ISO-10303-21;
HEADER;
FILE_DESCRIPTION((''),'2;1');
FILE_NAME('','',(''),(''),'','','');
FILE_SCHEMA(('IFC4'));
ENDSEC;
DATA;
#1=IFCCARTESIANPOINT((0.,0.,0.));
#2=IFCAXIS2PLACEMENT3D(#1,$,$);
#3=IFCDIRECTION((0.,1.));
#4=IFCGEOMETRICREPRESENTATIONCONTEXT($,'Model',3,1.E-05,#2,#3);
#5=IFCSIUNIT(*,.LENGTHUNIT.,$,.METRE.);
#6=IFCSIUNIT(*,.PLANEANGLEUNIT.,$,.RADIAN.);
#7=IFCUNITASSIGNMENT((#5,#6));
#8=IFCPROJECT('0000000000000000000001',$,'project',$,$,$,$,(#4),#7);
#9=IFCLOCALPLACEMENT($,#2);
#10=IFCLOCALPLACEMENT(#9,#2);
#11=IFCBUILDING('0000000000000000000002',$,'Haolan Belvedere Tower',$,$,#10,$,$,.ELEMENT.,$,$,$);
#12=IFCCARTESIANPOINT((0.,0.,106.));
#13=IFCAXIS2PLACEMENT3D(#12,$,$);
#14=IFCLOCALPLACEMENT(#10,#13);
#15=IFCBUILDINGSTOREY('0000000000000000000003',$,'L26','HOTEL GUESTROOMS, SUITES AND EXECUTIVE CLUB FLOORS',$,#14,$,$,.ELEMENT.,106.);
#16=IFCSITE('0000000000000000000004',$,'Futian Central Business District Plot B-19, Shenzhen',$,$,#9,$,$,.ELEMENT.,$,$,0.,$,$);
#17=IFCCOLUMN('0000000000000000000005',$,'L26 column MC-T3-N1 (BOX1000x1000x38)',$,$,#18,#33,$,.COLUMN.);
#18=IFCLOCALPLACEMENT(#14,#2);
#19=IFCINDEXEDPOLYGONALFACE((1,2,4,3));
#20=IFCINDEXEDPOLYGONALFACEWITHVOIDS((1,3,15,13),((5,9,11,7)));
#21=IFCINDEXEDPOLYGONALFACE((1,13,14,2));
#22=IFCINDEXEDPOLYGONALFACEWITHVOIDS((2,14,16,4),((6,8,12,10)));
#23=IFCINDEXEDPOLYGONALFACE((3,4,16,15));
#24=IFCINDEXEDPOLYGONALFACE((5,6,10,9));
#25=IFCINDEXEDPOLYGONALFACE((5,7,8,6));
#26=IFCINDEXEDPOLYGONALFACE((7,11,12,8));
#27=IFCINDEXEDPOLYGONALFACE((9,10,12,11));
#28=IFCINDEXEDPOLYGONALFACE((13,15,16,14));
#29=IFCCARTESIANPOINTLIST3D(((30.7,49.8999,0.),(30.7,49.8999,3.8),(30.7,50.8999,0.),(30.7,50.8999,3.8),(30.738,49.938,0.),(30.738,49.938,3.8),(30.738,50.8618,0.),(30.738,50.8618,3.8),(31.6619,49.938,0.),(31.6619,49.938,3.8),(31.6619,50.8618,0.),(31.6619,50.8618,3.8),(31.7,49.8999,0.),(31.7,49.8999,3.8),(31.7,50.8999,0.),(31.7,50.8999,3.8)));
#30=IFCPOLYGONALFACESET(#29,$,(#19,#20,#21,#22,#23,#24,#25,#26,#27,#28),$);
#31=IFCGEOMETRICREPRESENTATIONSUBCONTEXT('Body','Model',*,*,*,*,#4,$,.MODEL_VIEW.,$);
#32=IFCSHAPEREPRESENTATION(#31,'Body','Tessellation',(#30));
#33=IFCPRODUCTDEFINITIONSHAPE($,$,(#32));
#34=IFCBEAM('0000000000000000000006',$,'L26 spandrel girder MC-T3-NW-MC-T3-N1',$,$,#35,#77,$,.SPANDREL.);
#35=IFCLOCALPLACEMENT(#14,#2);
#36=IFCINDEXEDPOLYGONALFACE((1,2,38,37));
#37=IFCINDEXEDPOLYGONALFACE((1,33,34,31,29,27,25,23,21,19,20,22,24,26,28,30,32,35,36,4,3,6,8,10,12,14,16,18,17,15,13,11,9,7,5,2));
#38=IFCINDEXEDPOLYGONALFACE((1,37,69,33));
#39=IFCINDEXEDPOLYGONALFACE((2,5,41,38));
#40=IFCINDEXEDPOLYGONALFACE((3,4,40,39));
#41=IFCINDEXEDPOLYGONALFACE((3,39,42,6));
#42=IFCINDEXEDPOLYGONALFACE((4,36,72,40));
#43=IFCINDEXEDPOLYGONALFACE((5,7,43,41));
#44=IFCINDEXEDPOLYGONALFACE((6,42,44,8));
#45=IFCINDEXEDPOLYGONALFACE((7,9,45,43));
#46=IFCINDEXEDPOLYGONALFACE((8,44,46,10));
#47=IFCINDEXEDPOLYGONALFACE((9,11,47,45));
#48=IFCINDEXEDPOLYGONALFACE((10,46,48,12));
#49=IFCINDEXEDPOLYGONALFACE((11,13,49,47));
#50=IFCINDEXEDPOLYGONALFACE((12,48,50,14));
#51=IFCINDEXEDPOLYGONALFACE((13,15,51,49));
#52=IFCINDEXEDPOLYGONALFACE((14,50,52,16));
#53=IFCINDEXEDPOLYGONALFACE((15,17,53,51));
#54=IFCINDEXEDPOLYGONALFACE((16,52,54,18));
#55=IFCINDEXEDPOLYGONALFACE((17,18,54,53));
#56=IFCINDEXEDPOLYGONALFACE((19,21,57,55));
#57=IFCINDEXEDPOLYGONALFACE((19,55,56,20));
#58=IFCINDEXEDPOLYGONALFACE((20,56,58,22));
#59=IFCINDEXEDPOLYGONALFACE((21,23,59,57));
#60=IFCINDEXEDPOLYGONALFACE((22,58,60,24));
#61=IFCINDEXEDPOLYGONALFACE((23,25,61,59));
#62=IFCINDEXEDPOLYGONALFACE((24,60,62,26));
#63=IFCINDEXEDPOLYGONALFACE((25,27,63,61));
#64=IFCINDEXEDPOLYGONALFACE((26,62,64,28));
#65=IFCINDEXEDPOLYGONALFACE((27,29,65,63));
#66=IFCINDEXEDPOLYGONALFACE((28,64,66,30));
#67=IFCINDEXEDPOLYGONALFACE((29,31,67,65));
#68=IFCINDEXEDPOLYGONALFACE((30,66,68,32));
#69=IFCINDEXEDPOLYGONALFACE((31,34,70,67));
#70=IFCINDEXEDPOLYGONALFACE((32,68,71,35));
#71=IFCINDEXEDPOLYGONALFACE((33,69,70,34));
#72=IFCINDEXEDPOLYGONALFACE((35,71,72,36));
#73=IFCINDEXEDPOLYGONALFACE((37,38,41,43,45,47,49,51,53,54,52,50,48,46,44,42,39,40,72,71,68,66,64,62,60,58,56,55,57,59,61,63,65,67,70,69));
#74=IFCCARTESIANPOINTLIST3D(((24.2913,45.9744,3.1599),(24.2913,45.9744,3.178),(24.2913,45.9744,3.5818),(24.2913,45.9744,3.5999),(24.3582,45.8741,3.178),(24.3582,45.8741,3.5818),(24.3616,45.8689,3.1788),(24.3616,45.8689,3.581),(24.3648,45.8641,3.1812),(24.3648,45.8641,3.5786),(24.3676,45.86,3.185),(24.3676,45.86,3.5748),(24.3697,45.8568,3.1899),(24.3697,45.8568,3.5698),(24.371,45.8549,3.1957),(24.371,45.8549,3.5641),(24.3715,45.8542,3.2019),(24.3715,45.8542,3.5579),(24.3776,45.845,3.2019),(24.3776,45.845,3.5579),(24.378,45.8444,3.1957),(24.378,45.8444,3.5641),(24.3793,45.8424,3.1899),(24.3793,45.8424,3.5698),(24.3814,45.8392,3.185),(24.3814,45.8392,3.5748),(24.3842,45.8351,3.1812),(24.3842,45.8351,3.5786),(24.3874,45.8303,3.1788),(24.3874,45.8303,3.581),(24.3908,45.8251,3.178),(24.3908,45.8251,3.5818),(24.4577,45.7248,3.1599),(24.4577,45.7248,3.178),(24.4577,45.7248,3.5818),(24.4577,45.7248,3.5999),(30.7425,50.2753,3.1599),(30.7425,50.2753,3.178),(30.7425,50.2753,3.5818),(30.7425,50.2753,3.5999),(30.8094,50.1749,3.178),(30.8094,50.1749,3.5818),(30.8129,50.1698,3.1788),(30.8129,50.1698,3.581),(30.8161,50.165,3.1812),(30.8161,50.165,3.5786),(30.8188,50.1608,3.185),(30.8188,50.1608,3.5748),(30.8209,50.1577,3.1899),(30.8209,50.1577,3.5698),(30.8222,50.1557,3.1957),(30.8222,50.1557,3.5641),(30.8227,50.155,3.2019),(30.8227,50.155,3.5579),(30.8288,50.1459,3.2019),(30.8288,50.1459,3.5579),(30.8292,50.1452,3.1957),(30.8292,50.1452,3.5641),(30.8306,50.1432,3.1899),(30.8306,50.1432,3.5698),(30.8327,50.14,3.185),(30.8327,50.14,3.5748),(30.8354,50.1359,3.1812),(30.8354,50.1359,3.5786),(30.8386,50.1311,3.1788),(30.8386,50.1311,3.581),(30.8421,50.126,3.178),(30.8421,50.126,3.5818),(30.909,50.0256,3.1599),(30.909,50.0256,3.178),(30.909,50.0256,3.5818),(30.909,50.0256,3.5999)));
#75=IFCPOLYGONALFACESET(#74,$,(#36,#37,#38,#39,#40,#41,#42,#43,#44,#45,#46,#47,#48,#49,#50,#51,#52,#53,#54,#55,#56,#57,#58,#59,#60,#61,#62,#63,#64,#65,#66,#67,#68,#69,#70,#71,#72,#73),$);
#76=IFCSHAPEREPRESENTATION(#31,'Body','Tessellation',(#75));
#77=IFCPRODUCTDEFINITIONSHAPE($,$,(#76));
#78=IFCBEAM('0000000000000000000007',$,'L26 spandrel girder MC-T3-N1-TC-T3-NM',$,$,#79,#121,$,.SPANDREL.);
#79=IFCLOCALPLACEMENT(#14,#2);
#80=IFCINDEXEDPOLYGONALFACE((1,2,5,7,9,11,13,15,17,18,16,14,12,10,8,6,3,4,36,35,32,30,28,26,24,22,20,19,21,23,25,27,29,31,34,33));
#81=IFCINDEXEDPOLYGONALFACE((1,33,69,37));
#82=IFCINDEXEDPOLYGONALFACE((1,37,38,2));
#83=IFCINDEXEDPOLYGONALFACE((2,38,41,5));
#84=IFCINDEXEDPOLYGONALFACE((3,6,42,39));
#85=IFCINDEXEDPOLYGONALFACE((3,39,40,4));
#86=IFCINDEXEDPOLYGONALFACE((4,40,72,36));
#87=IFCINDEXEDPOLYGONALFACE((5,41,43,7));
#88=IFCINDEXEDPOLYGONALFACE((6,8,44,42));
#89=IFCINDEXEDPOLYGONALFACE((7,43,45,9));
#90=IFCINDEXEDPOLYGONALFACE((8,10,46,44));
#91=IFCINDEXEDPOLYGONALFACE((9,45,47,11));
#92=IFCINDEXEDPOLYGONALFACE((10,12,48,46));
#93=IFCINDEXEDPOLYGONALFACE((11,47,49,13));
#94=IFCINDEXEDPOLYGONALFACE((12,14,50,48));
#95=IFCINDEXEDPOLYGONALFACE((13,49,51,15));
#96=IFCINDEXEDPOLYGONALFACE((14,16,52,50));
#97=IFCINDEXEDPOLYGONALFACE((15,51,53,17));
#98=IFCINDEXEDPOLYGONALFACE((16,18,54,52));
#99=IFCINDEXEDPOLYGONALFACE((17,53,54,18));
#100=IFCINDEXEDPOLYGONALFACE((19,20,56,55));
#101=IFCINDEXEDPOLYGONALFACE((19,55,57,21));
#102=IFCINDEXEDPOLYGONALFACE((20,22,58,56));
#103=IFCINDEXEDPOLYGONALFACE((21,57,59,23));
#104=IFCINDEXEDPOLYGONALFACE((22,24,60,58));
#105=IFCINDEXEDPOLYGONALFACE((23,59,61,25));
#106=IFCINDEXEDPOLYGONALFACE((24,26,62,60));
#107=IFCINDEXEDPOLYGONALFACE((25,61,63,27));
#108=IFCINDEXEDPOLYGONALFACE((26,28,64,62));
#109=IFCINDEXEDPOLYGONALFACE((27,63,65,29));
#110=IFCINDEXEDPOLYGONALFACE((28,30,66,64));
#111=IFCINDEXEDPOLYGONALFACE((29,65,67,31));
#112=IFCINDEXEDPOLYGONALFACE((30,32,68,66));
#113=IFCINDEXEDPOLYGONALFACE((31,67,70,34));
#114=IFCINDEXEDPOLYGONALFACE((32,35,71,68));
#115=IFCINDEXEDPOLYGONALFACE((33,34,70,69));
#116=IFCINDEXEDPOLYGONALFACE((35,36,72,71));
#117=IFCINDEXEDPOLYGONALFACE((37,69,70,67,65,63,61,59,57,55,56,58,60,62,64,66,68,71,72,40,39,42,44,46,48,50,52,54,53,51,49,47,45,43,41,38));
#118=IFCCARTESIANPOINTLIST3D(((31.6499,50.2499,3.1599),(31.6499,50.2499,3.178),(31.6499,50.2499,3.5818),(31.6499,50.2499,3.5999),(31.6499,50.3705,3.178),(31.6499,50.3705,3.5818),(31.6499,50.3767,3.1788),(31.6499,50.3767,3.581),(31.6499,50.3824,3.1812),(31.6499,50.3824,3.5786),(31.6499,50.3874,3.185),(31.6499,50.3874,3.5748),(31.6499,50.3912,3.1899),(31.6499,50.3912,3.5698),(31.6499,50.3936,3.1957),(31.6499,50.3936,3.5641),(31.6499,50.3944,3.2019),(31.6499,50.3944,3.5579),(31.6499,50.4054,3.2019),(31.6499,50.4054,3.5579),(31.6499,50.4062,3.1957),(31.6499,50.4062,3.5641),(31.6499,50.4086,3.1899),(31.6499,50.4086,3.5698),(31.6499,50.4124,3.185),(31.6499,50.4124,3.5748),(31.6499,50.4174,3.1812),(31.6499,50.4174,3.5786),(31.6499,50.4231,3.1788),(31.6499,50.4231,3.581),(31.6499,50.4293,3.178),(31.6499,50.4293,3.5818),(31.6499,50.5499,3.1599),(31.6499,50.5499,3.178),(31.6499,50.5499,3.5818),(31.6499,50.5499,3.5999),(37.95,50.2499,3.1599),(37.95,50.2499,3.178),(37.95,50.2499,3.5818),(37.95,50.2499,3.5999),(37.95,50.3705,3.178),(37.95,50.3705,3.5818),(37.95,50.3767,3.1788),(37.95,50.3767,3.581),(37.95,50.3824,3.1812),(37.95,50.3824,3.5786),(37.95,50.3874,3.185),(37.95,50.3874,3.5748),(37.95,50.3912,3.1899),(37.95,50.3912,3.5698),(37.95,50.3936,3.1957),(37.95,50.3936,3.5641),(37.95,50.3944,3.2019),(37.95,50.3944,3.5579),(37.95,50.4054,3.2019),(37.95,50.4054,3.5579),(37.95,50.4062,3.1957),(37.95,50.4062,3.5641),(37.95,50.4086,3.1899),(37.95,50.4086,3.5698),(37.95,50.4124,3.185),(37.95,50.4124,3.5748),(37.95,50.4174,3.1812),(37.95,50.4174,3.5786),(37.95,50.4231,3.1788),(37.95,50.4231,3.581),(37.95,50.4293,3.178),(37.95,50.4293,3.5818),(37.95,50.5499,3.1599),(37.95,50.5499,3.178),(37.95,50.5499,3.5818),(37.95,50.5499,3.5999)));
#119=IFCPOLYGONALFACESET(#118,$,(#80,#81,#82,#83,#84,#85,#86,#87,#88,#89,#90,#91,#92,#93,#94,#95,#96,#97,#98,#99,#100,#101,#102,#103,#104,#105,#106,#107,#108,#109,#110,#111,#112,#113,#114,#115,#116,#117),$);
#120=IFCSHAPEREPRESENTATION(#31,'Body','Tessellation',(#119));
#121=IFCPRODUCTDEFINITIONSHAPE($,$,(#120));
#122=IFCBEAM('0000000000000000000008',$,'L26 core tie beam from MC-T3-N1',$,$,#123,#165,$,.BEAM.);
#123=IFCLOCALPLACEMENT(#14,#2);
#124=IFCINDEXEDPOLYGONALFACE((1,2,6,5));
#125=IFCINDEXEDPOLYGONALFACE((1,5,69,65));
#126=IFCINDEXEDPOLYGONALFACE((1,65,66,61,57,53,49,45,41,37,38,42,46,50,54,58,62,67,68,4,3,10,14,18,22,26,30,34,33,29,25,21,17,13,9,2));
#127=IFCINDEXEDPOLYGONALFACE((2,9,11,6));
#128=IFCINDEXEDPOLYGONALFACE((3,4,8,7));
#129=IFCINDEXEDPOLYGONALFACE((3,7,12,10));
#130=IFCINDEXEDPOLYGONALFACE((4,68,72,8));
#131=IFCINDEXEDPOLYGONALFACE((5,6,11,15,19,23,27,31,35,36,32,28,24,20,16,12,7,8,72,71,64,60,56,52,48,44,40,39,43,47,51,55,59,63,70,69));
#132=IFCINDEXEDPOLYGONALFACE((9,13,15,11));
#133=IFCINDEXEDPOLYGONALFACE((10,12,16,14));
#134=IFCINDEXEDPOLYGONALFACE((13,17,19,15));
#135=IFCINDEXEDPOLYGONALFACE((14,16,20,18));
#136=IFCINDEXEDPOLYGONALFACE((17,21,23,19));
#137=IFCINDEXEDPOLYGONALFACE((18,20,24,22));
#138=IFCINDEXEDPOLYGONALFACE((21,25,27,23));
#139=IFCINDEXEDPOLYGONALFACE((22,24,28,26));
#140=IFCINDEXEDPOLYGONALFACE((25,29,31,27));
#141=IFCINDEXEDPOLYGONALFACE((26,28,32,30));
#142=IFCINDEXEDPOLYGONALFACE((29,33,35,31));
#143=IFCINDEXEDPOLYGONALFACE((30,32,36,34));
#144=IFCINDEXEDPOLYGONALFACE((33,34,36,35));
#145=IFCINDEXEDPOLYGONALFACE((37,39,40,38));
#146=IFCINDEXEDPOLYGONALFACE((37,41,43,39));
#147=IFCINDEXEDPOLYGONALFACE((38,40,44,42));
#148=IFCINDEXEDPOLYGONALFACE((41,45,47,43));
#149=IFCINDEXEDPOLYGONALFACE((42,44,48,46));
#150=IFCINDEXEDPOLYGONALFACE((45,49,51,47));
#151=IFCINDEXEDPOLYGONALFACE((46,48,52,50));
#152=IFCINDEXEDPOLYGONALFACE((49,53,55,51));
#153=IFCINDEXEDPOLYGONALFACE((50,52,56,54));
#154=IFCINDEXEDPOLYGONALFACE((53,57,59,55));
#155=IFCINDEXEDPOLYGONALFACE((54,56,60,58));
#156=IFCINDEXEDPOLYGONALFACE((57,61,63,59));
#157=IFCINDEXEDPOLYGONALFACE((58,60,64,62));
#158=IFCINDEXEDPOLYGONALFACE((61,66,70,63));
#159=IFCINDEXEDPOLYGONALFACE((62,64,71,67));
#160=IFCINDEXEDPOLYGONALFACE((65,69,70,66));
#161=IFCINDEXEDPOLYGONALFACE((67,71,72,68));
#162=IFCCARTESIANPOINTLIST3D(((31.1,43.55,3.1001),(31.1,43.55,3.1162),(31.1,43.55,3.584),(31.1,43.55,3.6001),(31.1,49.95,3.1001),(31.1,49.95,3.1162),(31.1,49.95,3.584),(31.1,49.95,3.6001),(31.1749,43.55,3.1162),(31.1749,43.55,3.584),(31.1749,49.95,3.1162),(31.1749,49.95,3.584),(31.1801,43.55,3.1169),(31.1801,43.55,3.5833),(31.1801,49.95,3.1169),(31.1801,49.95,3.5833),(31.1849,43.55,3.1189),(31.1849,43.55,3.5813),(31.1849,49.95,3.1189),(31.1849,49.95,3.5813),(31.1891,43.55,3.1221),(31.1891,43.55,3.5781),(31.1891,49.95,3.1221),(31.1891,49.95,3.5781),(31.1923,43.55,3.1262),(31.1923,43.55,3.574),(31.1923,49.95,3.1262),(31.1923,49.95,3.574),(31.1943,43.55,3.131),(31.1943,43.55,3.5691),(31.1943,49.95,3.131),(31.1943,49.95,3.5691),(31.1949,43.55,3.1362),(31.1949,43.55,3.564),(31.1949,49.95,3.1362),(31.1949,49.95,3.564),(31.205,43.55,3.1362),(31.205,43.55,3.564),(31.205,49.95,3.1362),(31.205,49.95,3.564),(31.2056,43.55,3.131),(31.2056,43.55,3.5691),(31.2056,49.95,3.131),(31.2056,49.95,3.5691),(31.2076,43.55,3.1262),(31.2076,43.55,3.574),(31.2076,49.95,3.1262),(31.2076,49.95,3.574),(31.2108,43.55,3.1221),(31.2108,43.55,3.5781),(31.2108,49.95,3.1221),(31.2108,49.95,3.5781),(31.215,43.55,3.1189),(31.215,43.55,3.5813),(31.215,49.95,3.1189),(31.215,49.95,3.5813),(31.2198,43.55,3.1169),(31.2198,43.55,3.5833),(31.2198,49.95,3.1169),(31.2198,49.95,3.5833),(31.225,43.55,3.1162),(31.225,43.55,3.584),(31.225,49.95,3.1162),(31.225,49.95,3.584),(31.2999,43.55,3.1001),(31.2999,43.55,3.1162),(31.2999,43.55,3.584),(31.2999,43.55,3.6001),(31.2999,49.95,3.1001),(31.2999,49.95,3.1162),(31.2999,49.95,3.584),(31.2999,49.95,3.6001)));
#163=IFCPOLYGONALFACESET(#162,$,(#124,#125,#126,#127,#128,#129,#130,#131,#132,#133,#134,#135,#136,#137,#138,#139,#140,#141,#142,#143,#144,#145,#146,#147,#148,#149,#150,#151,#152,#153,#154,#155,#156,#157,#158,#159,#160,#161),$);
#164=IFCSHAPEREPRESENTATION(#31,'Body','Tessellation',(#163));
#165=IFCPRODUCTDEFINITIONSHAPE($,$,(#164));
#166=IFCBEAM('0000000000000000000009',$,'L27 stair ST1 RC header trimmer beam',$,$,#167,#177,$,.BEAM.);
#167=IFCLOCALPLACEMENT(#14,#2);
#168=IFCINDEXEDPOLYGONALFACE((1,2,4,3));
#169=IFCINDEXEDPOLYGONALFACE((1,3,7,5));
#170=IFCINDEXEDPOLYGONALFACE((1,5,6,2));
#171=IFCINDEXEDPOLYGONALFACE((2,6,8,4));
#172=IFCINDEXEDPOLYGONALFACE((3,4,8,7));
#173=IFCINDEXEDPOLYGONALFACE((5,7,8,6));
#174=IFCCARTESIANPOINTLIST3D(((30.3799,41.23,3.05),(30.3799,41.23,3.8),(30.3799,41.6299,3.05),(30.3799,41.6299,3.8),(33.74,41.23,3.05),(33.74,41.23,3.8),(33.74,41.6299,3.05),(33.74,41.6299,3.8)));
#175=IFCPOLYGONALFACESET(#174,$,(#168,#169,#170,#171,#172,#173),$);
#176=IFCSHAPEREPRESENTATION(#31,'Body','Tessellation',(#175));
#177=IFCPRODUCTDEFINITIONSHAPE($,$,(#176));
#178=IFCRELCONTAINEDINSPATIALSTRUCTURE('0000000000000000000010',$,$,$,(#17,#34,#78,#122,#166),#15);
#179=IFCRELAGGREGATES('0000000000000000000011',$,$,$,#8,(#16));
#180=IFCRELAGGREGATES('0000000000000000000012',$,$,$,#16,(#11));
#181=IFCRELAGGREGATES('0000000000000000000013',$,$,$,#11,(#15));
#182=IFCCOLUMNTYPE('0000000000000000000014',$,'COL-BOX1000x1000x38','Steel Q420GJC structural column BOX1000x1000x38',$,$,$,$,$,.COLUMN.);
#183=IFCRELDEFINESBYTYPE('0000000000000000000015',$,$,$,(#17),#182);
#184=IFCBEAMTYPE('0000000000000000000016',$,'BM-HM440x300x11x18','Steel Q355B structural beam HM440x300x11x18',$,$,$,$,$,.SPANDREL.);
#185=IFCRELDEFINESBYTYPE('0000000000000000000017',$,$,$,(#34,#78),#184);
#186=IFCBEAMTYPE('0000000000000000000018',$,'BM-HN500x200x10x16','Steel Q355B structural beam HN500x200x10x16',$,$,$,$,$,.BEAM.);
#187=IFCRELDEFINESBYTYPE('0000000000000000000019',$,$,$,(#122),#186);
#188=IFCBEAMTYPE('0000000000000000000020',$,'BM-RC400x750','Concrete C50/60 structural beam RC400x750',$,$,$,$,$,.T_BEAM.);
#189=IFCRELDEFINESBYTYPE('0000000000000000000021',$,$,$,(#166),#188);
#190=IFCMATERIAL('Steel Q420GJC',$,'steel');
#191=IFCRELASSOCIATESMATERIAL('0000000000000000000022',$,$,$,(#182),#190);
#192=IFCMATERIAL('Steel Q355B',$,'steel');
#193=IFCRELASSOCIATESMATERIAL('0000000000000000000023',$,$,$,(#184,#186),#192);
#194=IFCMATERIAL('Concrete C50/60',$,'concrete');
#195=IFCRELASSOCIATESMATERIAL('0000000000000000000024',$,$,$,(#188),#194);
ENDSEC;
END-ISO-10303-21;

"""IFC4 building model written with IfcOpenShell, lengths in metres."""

from ifc_helpers import new_model, si_unit, direction, frame, origin, origin_2d, place, context, subcontext, project, spatial, rectangle, hollow_rectangle, i_section, extrude, material, material_profile, profile_set, type_object, element, save


model = new_model("IFC4")

# Units and contexts
model_context = context("Model", 3, precision=1e-05, world=origin(), true_north=direction((0.0, 1.0)))
body_context = subcontext(model_context, "Body", "Model", "MODEL_VIEW")
ifc_project = project(units=[si_unit("LENGTHUNIT", "METRE"), si_unit("PLANEANGLEUNIT", "RADIAN")], contexts=[model_context])

# Site, building, storey
site_placement = place(None, origin())
site = spatial("IfcSite", under=ifc_project, at=site_placement, Name="Futian Central Business District Plot B-19, Shenzhen", CompositionType="ELEMENT", RefElevation=0.0)
building_placement = place(site_placement, origin())
building = spatial("IfcBuilding", under=site, at=building_placement, Name="Haolan Belvedere Tower", CompositionType="ELEMENT")
storey_placement = place(building_placement, frame((0.0, 0.0, 106.0)))
storey = spatial("IfcBuildingStorey", under=building, at=storey_placement, Name="L26", Description="HOTEL GUESTROOMS, SUITES AND EXECUTIVE CLUB FLOORS", CompositionType="ELEMENT", Elevation=106.0)

# Column
ifc_material_1 = material(Name="Steel Q420GJC", Category="steel")
ifc_material_profile_1 = material_profile(ifc_material_1, hollow_rectangle(XDim=1.0, YDim=1.0, WallThickness=0.0381, at=origin_2d()), Name="Steel Q420GJC")
ifc_profile_set_1 = profile_set([ifc_material_profile_1], Name="Steel Q420GJC")
column_type = type_object("IfcColumnType", Name="COL-BOX1000x1000x38", Description="Steel Q420GJC structural column BOX1000x1000x38", PredefinedType="COLUMN", material=ifc_profile_set_1)
column_placement = place(storey_placement, frame((31.2, 50.3999, 0.0), z_axis=(0.0, 0.0, 1.0), x_axis=(1.0, 0.0, 0.0)))
element("IfcColumn", 1, at=column_placement, inside=storey, type_object=column_type, Name="L26 column MC-T3-N1 (BOX1000x1000x38)", PredefinedType="COLUMN", context=body_context, shape_type="SweptSolid", body=[
    extrude(hollow_rectangle(XDim=1.0, YDim=1.0, WallThickness=0.0381, at=origin_2d()), origin(), (0.0, 0.0, 1.0), 3.8),
])

# Beams
ifc_material_2 = material(Name="Steel Q355B", Category="steel")
ifc_material_profile_2 = material_profile(ifc_material_2, i_section(OverallWidth=0.3, OverallDepth=0.4399, WebThickness=0.011, FlangeThickness=0.0181, FilletRadius=0.0239, at=origin_2d()), Name="Steel Q355B")
ifc_profile_set_2 = profile_set([ifc_material_profile_2], Name="Steel Q355B")
beam_type_1 = type_object("IfcBeamType", Name="BM-HM440x300x11x18", Description="Steel Q355B structural beam HM440x300x11x18", PredefinedType="SPANDREL", material=ifc_profile_set_2)
beam_1_placement = place(storey_placement, frame((24.3745, 45.8496, 3.3799), z_axis=(0.83205, 0.5547, 0.0), x_axis=(-0.5547, 0.83205, 0.0)))
element("IfcBeam", 2, at=beam_1_placement, inside=storey, type_object=beam_type_1, Name="L26 spandrel girder MC-T3-NW-MC-T3-N1", PredefinedType="SPANDREL", context=body_context, shape_type="SweptSolid", body=[
    extrude(i_section(OverallWidth=0.3, OverallDepth=0.4399, WebThickness=0.011, FlangeThickness=0.0181, FilletRadius=0.0239, at=origin_2d()), origin(), (0.0, 0.0, 1.0), 7.7534),
])
beam_2_placement = place(storey_placement, frame((31.6499, 50.3999, 3.3799), z_axis=(1.0, 0.0, 0.0), x_axis=(0.0, 1.0, 0.0)))
element("IfcBeam", 3, at=beam_2_placement, inside=storey, type_object=beam_type_1, Name="L26 spandrel girder MC-T3-N1-TC-T3-NM", PredefinedType="SPANDREL", context=body_context, shape_type="SweptSolid", body=[
    extrude(i_section(OverallWidth=0.3, OverallDepth=0.4399, WebThickness=0.011, FlangeThickness=0.0181, FilletRadius=0.0239, at=origin_2d()), origin(), (0.0, 0.0, 1.0), 6.3),
])
ifc_material_profile_3 = material_profile(ifc_material_2, i_section(OverallWidth=0.2, OverallDepth=0.5, WebThickness=0.01, FlangeThickness=0.0161, FilletRadius=0.02, at=origin_2d()), Name="Steel Q355B")
ifc_profile_set_3 = profile_set([ifc_material_profile_3], Name="Steel Q355B")
beam_type_2 = type_object("IfcBeamType", Name="BM-HN500x200x10x16", Description="Steel Q355B structural beam HN500x200x10x16", PredefinedType="BEAM", material=ifc_profile_set_3)
beam_3_placement = place(storey_placement, frame((31.2, 49.95, 3.3501), z_axis=(0.0, -1.0, 0.0), x_axis=(1.0, 0.0, 0.0)))
element("IfcBeam", 4, at=beam_3_placement, inside=storey, type_object=beam_type_2, Name="L26 core tie beam from MC-T3-N1", PredefinedType="BEAM", context=body_context, shape_type="SweptSolid", body=[
    extrude(i_section(OverallWidth=0.2, OverallDepth=0.5, WebThickness=0.01, FlangeThickness=0.0161, FilletRadius=0.02, at=origin_2d()), origin(), (0.0, 0.0, 1.0), 6.3999),
])
ifc_material_3 = material(Name="Concrete C50/60", Category="concrete")
ifc_material_profile_4 = material_profile(ifc_material_3, rectangle(XDim=0.3999, YDim=0.75, at=origin_2d()), Name="Concrete C50/60")
ifc_profile_set_4 = profile_set([ifc_material_profile_4], Name="Concrete C50/60")
beam_type_3 = type_object("IfcBeamType", Name="BM-RC400x750", Description="Concrete C50/60 structural beam RC400x750", PredefinedType="T_BEAM", material=ifc_profile_set_4)
beam_4_placement = place(storey_placement, frame((30.3799, 41.4299, 3.425), z_axis=(1.0, 0.0, 0.0), x_axis=(0.0, 1.0, 0.0)))
element("IfcBeam", 5, at=beam_4_placement, inside=storey, type_object=beam_type_3, Name="L27 stair ST1 RC header trimmer beam", PredefinedType="BEAM", context=body_context, shape_type="SweptSolid", body=[
    extrude(rectangle(XDim=0.3999, YDim=0.75, at=origin_2d()), origin(), (0.0, 0.0, 1.0), 3.3601),
])

save(model, "model.ifc")
